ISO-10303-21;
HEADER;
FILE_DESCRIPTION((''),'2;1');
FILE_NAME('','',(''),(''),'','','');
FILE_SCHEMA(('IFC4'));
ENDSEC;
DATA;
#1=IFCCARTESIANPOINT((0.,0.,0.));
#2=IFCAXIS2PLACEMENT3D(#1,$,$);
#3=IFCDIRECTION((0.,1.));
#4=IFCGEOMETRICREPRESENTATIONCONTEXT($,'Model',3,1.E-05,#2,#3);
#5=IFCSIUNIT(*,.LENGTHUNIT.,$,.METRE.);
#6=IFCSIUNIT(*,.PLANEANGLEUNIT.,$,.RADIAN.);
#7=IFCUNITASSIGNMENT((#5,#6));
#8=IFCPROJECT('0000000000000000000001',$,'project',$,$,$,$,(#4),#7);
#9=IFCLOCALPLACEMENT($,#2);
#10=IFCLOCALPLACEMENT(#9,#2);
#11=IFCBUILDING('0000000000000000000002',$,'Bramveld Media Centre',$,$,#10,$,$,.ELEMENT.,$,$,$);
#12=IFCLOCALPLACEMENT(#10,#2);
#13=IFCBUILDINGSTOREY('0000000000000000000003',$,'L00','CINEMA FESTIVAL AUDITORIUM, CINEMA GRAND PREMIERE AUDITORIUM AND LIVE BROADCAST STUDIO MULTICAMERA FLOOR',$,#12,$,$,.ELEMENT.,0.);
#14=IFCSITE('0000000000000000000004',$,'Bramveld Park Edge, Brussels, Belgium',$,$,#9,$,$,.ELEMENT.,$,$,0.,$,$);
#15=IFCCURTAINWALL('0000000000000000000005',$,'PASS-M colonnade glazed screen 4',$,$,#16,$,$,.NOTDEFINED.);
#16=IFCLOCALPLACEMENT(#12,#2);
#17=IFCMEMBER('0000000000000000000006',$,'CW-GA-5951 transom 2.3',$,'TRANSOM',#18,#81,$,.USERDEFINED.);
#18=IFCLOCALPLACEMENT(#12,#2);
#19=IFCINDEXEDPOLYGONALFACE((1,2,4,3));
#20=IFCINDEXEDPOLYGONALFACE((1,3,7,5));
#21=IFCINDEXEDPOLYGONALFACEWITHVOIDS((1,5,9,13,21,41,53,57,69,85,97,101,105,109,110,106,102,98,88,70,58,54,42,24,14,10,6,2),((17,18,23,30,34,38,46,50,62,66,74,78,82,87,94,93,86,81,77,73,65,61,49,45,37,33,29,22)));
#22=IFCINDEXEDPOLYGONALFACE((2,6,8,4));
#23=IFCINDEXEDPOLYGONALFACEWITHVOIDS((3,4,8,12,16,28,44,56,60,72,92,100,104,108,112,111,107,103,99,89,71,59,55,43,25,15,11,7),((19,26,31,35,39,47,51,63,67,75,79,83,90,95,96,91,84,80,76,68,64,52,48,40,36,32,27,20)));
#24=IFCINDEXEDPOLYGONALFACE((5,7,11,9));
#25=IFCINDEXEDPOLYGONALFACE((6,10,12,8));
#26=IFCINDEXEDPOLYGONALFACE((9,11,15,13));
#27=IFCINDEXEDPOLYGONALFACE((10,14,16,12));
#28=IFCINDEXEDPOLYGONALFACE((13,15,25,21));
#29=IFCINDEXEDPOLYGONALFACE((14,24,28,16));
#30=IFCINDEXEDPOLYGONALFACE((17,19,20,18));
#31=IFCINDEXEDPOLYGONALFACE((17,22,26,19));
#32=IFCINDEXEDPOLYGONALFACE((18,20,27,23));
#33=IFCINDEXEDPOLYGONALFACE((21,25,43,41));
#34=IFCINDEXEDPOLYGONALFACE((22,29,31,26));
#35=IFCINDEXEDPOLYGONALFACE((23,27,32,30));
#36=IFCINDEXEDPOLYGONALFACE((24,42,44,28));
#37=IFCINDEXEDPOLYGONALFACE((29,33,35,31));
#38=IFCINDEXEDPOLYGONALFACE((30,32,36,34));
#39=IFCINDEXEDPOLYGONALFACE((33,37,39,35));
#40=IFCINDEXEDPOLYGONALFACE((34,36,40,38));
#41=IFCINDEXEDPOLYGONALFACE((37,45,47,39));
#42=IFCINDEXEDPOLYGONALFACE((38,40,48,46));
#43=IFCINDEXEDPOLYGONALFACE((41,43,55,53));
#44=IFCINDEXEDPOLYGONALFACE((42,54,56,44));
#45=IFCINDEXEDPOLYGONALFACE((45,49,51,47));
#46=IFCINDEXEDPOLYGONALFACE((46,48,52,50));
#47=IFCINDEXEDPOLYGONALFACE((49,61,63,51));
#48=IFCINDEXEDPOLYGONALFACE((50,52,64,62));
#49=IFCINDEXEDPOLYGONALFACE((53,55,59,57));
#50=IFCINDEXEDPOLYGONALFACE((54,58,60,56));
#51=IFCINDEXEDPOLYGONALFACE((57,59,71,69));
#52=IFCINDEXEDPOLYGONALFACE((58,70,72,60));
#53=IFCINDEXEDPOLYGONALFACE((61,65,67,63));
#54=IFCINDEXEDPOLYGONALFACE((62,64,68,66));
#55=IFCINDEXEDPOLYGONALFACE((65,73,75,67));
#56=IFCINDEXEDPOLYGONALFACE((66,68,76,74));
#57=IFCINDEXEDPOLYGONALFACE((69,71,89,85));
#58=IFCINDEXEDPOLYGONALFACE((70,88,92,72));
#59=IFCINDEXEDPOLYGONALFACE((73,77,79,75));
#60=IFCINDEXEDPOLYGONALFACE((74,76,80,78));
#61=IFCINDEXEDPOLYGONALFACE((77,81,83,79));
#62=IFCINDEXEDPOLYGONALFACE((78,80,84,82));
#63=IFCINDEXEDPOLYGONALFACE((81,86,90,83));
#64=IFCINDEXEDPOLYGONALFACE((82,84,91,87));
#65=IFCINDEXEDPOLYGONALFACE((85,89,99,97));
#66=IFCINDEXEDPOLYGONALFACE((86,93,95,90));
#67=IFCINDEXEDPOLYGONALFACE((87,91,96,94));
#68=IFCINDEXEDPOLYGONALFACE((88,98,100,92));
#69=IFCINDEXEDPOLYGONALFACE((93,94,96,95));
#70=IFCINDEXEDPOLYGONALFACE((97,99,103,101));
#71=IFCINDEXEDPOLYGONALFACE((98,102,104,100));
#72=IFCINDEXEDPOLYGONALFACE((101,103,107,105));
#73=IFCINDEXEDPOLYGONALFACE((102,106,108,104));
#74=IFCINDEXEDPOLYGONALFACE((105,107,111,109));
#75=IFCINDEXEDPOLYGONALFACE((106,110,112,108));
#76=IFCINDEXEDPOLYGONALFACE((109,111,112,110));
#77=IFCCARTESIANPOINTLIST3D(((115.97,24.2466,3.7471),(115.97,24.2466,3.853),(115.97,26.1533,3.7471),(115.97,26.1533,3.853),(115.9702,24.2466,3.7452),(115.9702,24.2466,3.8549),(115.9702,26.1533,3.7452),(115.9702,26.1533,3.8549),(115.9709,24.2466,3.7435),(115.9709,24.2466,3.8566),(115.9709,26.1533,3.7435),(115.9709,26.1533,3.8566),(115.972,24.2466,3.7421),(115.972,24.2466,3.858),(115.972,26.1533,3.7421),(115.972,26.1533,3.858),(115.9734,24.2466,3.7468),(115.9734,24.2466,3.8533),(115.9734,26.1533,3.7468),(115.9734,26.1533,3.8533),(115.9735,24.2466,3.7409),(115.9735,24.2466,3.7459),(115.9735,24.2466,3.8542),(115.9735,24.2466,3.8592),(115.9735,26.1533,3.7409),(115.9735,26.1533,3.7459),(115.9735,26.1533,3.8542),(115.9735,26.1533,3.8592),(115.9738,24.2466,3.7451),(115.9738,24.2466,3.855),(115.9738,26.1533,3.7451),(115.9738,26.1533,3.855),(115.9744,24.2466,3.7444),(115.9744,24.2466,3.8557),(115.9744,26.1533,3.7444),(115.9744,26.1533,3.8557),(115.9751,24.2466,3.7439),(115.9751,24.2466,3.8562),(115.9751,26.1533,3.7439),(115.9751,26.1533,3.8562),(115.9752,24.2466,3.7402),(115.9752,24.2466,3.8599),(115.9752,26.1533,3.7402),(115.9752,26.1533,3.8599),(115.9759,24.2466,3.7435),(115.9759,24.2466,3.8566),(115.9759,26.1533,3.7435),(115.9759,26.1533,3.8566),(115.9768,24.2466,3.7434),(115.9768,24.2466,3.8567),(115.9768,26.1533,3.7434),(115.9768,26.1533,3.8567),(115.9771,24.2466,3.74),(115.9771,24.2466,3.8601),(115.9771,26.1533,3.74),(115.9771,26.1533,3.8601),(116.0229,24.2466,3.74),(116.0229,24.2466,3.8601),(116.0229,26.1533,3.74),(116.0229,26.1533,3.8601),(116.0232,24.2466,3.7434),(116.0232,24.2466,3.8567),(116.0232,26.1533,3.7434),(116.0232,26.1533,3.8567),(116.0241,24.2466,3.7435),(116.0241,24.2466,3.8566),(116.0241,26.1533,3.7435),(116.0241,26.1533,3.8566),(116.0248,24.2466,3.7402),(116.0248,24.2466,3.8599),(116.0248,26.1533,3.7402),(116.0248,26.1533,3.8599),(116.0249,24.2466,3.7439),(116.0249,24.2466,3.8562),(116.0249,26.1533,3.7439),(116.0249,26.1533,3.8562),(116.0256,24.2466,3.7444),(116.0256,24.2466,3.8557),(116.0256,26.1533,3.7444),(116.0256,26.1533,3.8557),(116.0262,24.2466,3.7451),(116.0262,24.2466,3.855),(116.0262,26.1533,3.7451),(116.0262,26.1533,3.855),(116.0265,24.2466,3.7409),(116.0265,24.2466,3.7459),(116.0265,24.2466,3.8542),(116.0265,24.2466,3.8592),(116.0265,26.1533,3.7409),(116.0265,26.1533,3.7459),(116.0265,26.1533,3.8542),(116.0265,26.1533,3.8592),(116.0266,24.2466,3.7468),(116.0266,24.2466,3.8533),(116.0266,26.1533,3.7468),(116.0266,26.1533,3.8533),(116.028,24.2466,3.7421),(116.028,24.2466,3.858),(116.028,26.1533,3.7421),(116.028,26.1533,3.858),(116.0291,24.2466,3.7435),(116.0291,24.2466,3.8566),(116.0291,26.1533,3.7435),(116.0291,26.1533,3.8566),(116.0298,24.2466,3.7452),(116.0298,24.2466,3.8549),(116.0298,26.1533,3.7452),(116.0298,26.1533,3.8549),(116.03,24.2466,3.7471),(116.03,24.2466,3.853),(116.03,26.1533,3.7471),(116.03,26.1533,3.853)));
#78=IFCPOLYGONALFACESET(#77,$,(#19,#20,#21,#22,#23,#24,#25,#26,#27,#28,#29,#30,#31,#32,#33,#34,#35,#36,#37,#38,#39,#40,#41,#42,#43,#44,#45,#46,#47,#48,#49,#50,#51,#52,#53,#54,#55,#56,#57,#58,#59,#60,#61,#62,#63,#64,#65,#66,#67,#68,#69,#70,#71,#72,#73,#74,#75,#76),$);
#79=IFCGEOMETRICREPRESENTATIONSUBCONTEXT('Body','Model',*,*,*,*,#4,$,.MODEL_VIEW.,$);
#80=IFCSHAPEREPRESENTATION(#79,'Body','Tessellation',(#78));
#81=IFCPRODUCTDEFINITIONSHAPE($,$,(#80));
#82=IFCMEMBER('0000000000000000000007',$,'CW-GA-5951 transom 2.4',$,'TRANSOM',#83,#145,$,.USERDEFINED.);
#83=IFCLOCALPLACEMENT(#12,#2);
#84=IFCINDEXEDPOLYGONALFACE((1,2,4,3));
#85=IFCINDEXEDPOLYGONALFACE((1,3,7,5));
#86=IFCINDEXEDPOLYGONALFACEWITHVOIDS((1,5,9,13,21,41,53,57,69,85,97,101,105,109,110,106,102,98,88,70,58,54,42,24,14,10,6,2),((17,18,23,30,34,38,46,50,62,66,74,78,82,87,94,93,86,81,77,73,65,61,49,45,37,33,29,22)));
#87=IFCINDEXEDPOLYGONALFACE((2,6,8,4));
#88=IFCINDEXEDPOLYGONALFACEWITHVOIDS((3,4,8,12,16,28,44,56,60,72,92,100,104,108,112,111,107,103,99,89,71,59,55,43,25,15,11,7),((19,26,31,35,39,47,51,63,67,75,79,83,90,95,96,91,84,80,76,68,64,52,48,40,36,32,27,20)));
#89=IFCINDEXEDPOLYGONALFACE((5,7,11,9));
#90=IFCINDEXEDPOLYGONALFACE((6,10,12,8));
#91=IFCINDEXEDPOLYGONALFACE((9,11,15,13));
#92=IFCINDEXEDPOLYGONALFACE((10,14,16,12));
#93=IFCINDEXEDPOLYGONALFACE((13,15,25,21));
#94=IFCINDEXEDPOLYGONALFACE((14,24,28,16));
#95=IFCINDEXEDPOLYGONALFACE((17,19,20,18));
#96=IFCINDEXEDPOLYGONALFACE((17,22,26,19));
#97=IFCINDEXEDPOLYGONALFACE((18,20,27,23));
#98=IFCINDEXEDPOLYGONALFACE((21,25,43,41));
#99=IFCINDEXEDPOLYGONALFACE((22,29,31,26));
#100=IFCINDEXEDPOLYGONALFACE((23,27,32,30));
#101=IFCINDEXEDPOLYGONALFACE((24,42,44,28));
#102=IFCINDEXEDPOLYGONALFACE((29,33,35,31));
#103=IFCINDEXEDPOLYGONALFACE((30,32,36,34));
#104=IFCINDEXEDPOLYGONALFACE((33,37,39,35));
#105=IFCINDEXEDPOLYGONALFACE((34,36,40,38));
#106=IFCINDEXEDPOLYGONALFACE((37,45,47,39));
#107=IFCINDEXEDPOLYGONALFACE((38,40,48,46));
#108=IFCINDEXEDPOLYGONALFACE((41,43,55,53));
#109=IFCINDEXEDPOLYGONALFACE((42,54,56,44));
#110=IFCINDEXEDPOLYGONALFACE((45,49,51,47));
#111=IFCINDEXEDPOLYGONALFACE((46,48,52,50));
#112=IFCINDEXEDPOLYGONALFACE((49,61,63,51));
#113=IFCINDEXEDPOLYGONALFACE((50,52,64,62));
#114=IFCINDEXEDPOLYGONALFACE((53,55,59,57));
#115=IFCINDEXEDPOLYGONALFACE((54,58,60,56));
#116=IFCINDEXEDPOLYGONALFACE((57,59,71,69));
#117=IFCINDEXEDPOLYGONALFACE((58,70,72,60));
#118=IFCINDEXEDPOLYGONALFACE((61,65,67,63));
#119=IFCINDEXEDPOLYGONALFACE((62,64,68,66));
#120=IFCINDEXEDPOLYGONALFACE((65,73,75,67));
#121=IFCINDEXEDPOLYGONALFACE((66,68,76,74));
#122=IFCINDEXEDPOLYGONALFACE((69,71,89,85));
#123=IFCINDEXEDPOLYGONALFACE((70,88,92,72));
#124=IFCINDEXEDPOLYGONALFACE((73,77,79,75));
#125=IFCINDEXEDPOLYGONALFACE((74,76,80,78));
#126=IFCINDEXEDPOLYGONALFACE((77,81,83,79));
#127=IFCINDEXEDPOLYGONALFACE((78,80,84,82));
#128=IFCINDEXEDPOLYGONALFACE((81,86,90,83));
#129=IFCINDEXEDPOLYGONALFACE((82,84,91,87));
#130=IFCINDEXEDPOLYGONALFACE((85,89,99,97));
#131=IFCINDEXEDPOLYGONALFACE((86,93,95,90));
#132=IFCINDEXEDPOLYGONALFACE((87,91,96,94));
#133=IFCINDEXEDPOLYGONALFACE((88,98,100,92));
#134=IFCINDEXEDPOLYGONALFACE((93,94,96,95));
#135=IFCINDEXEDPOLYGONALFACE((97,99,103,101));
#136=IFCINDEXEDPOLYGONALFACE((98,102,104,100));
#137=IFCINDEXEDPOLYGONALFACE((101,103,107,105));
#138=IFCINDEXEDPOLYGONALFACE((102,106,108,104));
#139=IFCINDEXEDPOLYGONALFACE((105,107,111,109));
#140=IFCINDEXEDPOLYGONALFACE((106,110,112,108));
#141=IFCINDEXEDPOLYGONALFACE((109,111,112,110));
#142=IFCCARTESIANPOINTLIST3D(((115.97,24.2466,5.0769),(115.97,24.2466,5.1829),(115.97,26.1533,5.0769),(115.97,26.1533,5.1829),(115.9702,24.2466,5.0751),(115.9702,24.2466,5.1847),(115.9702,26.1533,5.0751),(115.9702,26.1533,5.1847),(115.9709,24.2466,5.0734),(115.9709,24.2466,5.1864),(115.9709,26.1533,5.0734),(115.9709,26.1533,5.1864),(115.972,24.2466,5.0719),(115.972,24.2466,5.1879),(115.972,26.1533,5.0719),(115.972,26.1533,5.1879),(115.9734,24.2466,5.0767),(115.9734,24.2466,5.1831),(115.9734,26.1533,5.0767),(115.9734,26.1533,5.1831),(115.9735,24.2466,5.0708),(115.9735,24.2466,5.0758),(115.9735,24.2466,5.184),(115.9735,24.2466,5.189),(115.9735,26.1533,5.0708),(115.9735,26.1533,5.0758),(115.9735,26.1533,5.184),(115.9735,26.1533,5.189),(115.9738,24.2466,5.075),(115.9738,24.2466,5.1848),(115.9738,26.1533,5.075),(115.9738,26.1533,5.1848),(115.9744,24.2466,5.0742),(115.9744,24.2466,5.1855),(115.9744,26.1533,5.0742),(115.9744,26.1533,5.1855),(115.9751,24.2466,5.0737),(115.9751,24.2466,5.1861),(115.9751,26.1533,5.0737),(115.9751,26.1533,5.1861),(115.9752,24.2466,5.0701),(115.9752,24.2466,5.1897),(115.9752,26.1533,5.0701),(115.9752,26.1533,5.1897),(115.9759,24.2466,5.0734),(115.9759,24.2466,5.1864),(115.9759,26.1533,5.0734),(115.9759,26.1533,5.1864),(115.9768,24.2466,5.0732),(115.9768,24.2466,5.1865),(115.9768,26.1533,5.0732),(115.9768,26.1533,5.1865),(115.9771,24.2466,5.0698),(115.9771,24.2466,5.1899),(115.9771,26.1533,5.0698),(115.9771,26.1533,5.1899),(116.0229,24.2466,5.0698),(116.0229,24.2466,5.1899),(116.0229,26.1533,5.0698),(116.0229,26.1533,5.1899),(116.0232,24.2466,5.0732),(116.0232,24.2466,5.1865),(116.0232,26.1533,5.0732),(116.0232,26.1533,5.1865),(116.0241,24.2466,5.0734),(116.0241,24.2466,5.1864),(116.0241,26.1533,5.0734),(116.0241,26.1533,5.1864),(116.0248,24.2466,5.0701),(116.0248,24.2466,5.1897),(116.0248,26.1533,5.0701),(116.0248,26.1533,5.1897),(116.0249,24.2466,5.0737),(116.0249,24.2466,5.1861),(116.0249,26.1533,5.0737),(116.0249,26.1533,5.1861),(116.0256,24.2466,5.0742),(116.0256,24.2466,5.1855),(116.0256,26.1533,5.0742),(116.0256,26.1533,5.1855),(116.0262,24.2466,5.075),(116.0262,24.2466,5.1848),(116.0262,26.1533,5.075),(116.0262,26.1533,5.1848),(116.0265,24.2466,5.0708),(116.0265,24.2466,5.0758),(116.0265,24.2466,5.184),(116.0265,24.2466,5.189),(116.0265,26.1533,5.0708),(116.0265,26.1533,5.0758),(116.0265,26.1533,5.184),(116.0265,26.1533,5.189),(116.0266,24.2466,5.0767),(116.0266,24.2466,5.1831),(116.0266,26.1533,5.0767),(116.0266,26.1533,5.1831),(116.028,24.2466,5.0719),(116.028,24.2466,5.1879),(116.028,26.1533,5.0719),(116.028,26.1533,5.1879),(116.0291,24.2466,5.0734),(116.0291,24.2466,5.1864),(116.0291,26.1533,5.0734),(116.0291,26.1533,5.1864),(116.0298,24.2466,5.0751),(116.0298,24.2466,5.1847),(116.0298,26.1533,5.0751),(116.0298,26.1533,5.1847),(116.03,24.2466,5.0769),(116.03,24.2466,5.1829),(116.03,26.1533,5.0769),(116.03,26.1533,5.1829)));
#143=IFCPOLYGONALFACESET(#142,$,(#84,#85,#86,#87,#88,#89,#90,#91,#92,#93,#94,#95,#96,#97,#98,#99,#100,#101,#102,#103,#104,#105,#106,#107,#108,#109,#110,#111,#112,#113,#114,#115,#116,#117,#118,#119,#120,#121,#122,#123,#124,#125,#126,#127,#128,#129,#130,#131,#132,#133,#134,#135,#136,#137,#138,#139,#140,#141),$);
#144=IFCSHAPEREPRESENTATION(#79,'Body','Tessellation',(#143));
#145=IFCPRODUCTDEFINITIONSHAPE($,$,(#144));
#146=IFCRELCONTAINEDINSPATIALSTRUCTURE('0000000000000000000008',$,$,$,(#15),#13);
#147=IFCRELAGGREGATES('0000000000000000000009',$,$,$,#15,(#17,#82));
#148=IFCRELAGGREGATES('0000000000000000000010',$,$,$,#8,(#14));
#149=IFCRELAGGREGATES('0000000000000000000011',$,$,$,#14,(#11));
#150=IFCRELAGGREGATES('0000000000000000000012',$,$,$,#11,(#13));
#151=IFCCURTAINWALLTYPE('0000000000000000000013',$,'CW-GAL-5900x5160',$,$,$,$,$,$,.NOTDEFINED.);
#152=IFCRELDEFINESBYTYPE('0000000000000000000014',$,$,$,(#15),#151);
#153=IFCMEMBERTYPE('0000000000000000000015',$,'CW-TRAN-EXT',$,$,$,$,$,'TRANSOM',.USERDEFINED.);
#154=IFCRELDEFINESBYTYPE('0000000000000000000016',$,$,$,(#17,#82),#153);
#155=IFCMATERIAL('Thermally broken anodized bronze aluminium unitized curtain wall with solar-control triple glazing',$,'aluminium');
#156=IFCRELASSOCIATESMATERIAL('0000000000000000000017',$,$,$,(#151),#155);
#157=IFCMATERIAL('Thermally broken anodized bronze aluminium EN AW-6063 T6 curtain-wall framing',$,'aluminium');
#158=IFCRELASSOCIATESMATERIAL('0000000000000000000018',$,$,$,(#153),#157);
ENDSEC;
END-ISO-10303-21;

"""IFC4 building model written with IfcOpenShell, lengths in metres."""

from ifc_helpers import new_model, si_unit, direction, frame, origin, origin_2d, place, context, subcontext, project, spatial, hollow_rectangle, extrude, material, material_profile, profile_set, type_object, element, aggregate, save


model = new_model("IFC4")

# Units and contexts
model_context = context("Model", 3, precision=1e-05, world=origin(), true_north=direction((0.0, 1.0)))
body_context = subcontext(model_context, "Body", "Model", "MODEL_VIEW")
ifc_project = project(units=[si_unit("LENGTHUNIT", "METRE"), si_unit("PLANEANGLEUNIT", "RADIAN")], contexts=[model_context])

# Site, building, storey
site_placement = place(None, origin())
site = spatial("IfcSite", under=ifc_project, at=site_placement, Name="Bramveld Park Edge, Brussels, Belgium", CompositionType="ELEMENT", RefElevation=0.0)
building_placement = place(site_placement, origin())
building = spatial("IfcBuilding", under=site, at=building_placement, Name="Bramveld Media Centre", CompositionType="ELEMENT")
storey_placement = place(building_placement, origin())
storey = spatial("IfcBuildingStorey", under=building, at=storey_placement, Name="L00", Description="CINEMA FESTIVAL AUDITORIUM, CINEMA GRAND PREMIERE AUDITORIUM AND LIVE BROADCAST STUDIO MULTICAMERA FLOOR", CompositionType="ELEMENT", Elevation=0.0)

# Curtain wall, members
ifc_material_1 = material(Name="Thermally broken anodized bronze aluminium unitized curtain wall with solar-control triple glazing", Category="aluminium")
curtain_wall_type = type_object("IfcCurtainWallType", Name="CW-GAL-5900x5160", PredefinedType="NOTDEFINED", material=ifc_material_1)
curtain_wall_placement = place(storey_placement, origin())
curtain_wall = element("IfcCurtainWall", 1, at=curtain_wall_placement, inside=storey, type_object=curtain_wall_type, Name="PASS-M colonnade glazed screen 4", PredefinedType="NOTDEFINED")
ifc_material_2 = material(Name="Thermally broken anodized bronze aluminium EN AW-6063 T6 curtain-wall framing", Category="aluminium")
ifc_material_profile_1 = material_profile(ifc_material_2, hollow_rectangle(XDim=0.0601, YDim=0.1201, WallThickness=0.0034, InnerFilletRadius=0.0034, OuterFilletRadius=0.0071, at=origin_2d()), Name="AL-TRAN 60x120")
ifc_profile_set_1 = profile_set([ifc_material_profile_1], Name="Thermally broken anodized bronze aluminium EN AW-6063 T6 curtain-wall framing")
member_type_1 = type_object("IfcMemberType", Name="CW-TRAN-EXT", ElementType="TRANSOM", PredefinedType="USERDEFINED", material=ifc_profile_set_1)
member_1_placement = place(storey_placement, frame((116.0, 24.2466, 3.8), z_axis=(0.0, 1.0, 0.0), x_axis=(-1.0, 0.0, 0.0)))
member_1 = element("IfcMember", 2, at=member_1_placement, type_object=member_type_1, Name="CW-GA-5951 transom 2.3", ObjectType="TRANSOM", PredefinedType="USERDEFINED", context=body_context, shape_type="SweptSolid", body=[
    extrude(hollow_rectangle(XDim=0.0601, YDim=0.1201, WallThickness=0.0034, InnerFilletRadius=0.0034, OuterFilletRadius=0.0071, at=origin_2d()), origin(), (0.0, 0.0, 1.0), 1.9067),
])
member_2_placement = place(storey_placement, frame((116.0, 24.2466, 5.1299), z_axis=(0.0, 1.0, 0.0), x_axis=(-1.0, 0.0, 0.0)))
member_2 = element("IfcMember", 3, at=member_2_placement, type_object=member_type_1, Name="CW-GA-5951 transom 2.4", ObjectType="TRANSOM", PredefinedType="USERDEFINED", context=body_context, shape_type="SweptSolid", body=[
    extrude(hollow_rectangle(XDim=0.0601, YDim=0.1201, WallThickness=0.0034, InnerFilletRadius=0.0034, OuterFilletRadius=0.0071, at=origin_2d()), origin(), (0.0, 0.0, 1.0), 1.9067),
])
aggregate(curtain_wall, [member_1, member_2])

save(model, "model.ifc")
